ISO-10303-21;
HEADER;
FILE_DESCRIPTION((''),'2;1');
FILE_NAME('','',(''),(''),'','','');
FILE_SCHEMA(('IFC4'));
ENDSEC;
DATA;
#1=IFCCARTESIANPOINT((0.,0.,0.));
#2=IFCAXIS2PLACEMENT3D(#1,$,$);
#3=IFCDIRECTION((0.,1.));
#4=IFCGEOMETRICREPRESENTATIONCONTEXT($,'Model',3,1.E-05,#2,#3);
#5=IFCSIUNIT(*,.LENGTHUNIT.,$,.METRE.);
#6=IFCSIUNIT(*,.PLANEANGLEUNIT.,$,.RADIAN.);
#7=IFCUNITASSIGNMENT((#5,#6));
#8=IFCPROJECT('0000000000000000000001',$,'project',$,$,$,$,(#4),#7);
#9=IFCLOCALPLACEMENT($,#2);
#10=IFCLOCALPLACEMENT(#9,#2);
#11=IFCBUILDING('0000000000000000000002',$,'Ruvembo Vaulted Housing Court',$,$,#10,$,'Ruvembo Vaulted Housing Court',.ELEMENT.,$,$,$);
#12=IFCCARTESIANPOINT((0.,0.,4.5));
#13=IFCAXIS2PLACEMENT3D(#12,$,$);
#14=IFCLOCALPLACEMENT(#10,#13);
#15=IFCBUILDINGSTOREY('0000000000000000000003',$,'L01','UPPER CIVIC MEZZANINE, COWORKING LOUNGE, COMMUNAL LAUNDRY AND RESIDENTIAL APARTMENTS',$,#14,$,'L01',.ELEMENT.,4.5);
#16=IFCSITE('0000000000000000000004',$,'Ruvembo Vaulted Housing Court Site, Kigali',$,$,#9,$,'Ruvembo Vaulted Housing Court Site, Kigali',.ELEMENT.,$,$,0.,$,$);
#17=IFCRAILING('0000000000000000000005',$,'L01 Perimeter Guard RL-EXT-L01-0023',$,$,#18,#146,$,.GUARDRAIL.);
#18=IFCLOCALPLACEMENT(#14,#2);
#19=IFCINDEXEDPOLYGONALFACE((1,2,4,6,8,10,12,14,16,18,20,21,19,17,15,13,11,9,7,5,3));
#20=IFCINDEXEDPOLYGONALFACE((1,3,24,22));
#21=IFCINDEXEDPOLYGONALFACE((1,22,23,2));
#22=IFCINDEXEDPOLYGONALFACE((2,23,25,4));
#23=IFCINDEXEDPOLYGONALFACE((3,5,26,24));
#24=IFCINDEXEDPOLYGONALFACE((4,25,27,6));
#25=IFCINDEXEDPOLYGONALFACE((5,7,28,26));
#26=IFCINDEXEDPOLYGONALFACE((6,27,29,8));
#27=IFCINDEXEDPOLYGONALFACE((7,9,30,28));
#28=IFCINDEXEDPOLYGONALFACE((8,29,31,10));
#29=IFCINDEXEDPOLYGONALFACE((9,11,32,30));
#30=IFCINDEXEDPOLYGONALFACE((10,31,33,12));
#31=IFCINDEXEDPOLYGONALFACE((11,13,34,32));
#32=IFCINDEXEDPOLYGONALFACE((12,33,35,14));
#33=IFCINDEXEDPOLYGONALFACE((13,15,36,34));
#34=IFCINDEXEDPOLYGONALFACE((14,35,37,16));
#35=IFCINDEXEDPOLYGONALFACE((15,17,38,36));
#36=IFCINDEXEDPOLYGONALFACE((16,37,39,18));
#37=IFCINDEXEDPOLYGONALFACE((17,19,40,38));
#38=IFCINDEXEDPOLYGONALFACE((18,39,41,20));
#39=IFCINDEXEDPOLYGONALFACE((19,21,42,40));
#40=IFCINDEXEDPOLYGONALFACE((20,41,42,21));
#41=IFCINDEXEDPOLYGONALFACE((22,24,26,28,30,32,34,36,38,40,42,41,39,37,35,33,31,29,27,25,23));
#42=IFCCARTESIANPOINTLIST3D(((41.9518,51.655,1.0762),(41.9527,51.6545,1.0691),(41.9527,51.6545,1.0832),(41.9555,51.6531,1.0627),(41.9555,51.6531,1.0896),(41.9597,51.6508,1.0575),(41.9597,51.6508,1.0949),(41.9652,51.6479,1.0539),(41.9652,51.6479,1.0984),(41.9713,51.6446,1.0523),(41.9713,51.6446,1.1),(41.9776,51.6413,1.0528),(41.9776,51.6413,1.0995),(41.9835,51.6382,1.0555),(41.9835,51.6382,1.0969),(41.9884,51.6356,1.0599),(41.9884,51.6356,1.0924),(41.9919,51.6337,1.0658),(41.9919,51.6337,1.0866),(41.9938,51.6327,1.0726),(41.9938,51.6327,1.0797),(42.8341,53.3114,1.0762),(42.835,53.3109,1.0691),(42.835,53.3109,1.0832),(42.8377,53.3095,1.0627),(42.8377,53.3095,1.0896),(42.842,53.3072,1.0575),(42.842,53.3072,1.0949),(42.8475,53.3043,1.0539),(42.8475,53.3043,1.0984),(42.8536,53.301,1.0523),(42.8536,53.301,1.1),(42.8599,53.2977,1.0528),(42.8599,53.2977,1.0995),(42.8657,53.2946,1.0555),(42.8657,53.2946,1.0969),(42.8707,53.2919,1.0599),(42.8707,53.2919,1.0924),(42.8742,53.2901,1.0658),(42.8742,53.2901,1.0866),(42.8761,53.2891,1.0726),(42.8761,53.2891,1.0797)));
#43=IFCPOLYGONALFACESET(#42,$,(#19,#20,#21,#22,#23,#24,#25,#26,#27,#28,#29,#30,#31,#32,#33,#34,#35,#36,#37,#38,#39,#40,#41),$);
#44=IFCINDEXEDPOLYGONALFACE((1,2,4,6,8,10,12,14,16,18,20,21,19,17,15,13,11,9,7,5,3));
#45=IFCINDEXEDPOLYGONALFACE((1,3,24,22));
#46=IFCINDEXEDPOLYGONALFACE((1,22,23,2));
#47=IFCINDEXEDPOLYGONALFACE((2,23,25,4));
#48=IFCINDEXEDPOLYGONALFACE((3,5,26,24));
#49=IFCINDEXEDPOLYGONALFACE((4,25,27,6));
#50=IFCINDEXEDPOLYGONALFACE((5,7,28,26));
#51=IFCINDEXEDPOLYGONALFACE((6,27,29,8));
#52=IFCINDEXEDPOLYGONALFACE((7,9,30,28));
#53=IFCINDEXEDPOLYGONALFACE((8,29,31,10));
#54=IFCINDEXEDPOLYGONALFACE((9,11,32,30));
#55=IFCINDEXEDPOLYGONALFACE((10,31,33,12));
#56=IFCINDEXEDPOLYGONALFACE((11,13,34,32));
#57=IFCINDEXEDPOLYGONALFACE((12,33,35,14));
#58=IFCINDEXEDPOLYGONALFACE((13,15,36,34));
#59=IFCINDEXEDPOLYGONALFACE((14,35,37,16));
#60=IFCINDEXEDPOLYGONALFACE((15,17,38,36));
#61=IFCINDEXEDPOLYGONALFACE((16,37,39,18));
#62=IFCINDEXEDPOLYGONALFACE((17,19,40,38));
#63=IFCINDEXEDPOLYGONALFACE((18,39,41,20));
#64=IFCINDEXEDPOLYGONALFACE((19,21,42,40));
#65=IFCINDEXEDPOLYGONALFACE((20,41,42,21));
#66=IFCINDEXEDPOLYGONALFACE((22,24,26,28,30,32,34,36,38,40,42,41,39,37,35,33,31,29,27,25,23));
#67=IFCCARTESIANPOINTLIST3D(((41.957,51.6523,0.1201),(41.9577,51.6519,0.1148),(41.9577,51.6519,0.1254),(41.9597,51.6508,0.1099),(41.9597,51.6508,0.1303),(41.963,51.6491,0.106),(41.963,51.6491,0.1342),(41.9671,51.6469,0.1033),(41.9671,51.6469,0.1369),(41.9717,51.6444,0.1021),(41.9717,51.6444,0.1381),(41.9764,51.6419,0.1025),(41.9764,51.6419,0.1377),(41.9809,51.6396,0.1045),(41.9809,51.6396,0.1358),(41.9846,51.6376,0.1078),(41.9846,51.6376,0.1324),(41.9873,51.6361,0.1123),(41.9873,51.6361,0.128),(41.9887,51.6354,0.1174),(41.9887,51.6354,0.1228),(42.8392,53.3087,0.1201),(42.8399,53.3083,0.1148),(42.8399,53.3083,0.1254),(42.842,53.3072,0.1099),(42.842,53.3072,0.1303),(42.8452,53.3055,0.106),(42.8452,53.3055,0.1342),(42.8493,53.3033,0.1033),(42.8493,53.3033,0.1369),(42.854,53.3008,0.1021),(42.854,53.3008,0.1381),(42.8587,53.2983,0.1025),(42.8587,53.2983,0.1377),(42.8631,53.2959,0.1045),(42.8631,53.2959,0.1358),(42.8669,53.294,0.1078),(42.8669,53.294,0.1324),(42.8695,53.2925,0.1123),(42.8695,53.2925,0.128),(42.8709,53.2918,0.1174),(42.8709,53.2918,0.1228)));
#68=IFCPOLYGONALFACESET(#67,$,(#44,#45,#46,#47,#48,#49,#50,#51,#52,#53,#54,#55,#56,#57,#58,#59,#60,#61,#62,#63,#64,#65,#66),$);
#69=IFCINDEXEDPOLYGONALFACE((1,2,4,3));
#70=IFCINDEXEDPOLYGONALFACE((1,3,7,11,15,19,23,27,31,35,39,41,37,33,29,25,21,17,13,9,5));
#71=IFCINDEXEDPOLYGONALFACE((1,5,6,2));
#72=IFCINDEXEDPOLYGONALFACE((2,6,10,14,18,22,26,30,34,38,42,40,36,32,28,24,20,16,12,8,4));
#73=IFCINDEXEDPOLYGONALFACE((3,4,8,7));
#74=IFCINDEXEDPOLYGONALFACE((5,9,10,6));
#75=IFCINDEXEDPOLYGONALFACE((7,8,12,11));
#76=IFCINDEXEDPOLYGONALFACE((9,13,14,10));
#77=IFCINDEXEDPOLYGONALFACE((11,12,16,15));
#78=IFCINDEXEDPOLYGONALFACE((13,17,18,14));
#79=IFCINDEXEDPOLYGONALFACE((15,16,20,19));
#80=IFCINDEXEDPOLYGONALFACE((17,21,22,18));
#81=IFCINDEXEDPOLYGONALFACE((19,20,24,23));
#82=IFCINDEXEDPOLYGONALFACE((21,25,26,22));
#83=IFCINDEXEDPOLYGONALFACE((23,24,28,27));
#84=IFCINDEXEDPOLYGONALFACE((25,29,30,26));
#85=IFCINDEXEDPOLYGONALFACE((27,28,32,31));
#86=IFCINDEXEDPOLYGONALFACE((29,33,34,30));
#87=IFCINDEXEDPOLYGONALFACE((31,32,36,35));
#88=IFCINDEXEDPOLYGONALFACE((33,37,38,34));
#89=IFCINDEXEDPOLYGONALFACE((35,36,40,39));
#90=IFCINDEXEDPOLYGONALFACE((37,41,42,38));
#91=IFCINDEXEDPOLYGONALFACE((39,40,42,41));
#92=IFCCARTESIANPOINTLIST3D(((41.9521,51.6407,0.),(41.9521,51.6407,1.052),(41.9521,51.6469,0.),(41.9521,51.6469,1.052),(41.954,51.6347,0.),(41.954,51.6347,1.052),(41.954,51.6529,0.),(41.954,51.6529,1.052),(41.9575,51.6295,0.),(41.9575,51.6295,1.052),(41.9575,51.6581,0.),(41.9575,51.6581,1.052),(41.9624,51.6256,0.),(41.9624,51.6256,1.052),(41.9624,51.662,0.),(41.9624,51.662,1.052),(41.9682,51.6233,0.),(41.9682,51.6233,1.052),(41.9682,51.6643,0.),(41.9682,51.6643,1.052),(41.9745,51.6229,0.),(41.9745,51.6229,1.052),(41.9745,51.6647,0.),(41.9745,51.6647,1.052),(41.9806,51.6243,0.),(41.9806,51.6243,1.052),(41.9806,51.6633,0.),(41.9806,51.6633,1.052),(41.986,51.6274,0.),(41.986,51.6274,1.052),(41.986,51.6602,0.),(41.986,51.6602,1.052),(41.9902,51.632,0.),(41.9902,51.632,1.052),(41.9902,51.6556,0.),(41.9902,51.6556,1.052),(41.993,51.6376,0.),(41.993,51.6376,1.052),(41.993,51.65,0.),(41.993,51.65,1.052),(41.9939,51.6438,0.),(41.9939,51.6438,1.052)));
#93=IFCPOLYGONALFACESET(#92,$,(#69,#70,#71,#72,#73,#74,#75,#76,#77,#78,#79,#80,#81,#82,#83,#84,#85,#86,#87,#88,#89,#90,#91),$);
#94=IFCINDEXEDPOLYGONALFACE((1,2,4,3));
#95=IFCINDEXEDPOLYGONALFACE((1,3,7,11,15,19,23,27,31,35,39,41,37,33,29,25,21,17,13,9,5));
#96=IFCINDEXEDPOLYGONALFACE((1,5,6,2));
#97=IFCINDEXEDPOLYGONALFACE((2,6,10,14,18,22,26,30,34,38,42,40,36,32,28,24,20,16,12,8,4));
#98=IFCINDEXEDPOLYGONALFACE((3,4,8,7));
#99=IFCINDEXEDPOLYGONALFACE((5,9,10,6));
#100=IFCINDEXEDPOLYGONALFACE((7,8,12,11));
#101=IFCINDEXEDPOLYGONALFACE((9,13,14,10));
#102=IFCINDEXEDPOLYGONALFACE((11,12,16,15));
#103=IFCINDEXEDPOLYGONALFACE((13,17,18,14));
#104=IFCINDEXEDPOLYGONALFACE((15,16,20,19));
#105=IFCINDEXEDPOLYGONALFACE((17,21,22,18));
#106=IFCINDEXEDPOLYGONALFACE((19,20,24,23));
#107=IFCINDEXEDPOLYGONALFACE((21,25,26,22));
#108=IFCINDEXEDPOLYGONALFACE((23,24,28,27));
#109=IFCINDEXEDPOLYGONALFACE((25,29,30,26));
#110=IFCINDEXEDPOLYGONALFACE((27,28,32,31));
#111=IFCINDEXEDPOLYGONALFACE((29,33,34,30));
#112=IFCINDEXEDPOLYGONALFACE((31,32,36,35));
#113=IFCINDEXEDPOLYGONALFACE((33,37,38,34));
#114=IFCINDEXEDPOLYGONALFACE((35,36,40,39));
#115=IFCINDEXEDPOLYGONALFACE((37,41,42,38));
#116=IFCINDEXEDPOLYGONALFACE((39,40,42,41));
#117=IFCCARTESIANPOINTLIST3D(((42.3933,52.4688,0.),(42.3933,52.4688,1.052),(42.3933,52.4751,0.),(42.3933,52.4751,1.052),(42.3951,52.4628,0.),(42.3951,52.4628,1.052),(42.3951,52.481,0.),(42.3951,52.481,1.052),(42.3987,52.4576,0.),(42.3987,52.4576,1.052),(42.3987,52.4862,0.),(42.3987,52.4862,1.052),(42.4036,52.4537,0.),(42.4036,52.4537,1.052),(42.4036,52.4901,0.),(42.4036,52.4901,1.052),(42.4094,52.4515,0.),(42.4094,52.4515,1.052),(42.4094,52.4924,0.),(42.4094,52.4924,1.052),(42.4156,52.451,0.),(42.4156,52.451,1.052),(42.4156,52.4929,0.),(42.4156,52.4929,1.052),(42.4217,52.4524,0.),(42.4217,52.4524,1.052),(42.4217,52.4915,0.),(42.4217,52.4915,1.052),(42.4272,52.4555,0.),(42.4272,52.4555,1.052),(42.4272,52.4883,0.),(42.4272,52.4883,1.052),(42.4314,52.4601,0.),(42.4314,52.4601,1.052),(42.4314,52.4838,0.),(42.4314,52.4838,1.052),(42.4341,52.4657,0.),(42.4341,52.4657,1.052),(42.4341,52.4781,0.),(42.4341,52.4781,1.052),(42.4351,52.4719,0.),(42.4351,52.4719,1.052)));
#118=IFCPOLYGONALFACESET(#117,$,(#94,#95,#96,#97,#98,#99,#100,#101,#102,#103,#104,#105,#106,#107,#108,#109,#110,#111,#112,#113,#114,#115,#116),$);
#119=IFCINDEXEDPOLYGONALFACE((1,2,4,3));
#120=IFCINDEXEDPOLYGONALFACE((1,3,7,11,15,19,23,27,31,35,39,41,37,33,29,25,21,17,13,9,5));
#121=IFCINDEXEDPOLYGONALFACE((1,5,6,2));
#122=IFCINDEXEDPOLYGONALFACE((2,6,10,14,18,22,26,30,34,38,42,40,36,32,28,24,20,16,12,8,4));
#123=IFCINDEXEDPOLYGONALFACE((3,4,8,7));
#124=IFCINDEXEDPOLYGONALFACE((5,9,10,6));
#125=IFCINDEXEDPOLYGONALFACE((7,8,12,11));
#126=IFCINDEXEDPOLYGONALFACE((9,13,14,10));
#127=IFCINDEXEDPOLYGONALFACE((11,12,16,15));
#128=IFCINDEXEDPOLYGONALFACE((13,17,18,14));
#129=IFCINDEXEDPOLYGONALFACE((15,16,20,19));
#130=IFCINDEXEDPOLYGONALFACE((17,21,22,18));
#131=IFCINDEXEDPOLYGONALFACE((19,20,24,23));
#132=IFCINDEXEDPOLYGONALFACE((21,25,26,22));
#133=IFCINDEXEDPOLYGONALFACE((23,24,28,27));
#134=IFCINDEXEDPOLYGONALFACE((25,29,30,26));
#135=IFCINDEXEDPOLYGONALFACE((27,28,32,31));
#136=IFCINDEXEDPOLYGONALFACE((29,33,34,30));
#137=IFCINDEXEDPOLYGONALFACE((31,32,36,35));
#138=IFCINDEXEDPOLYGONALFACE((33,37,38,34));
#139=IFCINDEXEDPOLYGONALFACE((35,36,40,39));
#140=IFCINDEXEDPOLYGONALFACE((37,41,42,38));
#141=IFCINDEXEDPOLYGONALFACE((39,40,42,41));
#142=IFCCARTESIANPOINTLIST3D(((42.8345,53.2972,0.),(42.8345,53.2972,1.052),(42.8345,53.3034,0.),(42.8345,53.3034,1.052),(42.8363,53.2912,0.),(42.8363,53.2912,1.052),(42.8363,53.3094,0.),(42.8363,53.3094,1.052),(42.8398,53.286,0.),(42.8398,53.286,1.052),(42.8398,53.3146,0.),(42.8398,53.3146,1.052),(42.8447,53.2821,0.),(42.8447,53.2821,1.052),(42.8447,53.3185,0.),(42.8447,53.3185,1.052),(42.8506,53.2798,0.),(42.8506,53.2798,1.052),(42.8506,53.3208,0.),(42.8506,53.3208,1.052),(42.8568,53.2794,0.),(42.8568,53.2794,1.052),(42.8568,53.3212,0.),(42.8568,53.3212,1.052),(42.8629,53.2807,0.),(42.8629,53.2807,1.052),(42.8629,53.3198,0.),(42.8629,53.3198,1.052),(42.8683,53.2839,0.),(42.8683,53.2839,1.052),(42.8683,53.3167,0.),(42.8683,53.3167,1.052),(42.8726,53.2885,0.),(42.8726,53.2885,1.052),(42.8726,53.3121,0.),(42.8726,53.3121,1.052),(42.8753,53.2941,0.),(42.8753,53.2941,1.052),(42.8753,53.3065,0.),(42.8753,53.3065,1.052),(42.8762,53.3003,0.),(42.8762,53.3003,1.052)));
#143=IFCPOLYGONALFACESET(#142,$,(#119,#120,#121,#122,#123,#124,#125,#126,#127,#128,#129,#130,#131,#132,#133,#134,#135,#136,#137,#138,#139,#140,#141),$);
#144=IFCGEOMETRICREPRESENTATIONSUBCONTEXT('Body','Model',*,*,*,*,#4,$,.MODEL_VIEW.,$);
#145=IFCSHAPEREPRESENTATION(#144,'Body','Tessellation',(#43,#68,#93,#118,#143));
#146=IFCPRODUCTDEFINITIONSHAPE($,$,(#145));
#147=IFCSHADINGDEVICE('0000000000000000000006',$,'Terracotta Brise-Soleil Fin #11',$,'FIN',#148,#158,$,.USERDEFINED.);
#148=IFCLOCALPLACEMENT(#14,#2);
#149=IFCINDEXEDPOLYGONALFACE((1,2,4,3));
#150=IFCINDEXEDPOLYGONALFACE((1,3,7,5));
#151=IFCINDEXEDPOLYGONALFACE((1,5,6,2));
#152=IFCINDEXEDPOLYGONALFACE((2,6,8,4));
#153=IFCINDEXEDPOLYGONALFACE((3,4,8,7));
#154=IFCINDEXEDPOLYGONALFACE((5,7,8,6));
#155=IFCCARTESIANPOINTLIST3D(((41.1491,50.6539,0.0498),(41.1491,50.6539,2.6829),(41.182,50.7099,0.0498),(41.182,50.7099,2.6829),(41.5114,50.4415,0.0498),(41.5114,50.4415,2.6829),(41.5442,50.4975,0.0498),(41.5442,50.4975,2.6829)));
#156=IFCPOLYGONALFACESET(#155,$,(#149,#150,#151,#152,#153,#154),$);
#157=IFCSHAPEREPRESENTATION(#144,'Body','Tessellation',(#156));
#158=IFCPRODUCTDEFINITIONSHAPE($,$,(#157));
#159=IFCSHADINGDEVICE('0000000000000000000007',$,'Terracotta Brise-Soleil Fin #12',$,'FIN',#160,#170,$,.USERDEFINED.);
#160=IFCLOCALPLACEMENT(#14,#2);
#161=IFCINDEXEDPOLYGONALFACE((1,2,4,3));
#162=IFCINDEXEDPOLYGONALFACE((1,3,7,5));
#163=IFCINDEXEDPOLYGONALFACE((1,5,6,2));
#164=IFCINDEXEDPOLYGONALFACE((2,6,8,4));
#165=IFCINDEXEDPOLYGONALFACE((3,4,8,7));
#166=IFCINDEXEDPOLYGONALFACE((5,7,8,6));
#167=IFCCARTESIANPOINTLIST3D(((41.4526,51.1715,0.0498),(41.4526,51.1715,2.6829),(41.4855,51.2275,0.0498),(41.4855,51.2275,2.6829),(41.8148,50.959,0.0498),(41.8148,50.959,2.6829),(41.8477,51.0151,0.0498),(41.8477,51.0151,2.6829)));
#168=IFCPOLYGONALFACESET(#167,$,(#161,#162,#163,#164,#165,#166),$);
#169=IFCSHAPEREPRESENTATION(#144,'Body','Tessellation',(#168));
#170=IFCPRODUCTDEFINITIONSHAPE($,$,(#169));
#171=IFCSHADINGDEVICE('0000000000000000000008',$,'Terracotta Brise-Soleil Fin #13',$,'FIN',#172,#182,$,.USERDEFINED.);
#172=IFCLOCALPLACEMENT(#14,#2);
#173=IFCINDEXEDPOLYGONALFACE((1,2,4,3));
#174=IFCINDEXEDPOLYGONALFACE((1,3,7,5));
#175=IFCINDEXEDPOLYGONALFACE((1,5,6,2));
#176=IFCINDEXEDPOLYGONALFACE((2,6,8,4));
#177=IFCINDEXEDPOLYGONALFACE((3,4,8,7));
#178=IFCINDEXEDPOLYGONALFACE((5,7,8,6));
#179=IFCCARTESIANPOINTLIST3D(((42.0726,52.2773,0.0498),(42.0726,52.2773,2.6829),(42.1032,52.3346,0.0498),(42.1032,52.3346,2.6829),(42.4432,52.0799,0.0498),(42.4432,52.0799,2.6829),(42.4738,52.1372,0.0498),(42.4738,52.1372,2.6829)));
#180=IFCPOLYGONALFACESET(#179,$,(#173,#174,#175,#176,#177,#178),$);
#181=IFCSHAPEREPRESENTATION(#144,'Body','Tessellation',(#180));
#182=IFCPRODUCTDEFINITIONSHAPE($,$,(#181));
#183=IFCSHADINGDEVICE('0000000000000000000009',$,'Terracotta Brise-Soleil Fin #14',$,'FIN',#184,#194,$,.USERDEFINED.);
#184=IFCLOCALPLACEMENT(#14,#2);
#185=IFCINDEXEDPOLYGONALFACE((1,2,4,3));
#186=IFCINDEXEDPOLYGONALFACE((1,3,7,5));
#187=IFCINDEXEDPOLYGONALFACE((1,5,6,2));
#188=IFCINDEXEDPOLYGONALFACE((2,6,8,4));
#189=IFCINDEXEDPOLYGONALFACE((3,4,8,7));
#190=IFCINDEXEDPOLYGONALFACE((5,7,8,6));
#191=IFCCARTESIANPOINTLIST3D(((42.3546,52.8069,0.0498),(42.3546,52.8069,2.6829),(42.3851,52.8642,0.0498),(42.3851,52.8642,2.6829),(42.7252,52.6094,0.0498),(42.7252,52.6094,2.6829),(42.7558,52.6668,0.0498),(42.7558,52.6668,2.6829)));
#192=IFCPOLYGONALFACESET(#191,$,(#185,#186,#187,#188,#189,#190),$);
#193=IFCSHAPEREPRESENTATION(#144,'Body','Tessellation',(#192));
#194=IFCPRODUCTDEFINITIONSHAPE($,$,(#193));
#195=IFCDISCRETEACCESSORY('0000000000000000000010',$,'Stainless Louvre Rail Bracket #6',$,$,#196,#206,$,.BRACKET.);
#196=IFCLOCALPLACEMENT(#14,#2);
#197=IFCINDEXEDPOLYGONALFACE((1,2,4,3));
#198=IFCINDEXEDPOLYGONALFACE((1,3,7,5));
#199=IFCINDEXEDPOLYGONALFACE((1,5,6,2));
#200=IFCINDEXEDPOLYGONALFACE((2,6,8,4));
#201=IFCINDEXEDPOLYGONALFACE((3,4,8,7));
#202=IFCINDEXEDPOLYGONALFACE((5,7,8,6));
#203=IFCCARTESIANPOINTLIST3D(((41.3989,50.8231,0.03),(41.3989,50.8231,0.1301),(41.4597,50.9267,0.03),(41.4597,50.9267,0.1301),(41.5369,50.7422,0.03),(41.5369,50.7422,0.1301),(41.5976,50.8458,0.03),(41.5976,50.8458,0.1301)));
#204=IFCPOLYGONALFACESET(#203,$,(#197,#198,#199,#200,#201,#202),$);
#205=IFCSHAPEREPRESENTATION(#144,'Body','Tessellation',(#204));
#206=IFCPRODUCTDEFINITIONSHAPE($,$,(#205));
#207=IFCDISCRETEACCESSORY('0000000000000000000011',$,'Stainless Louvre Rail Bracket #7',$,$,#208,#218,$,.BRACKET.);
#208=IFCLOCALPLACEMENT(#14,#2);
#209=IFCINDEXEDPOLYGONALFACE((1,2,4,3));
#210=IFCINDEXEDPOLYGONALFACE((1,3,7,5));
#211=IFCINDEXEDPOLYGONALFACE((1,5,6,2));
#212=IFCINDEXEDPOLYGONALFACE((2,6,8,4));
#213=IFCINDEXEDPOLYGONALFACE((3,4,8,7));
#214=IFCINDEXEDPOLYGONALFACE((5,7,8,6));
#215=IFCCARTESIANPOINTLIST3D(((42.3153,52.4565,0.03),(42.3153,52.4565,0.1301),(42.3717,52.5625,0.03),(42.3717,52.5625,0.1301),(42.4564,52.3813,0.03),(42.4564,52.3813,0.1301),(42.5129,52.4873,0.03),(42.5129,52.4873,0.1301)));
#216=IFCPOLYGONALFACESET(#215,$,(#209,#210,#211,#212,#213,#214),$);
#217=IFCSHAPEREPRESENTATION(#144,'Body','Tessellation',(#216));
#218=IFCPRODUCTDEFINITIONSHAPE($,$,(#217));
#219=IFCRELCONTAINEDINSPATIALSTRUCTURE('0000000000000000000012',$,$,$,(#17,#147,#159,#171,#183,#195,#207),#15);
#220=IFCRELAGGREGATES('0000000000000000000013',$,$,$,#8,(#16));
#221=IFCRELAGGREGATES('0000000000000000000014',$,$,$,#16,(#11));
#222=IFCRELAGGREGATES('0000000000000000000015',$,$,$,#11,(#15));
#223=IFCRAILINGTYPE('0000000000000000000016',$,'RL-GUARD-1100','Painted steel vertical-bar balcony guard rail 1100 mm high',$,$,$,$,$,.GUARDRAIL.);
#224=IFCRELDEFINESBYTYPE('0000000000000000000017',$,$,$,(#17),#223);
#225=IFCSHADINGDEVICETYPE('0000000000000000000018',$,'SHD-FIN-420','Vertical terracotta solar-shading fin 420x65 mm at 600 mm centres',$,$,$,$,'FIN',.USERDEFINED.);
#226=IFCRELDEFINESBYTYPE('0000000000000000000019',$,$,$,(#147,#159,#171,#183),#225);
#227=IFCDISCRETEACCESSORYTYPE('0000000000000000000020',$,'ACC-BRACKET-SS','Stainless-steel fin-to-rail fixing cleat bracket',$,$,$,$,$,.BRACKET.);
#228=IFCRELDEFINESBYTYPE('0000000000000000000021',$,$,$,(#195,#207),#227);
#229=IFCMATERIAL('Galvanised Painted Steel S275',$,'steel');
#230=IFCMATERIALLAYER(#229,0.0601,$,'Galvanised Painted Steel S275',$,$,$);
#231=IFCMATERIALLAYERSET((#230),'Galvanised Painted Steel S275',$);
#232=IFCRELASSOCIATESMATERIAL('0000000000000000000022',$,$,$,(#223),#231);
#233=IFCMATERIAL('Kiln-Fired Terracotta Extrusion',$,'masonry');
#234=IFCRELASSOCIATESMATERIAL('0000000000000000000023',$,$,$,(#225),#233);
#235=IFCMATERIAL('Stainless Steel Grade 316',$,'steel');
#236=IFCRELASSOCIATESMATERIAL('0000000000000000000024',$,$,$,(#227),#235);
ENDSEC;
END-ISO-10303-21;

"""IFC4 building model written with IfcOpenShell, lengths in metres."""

from ifc_helpers import new_model, si_unit, direction, frame, origin, origin_2d, place, context, subcontext, project, spatial, rectangle, circle, extrude, material, layer, layer_set, type_object, element, save


model = new_model("IFC4")

# Units and contexts
model_context = context("Model", 3, precision=1e-05, world=origin(), true_north=direction((0.0, 1.0)))
body_context = subcontext(model_context, "Body", "Model", "MODEL_VIEW")
ifc_project = project(units=[si_unit("LENGTHUNIT", "METRE"), si_unit("PLANEANGLEUNIT", "RADIAN")], contexts=[model_context])

# Site, building, storey
site_placement = place(None, origin())
site = spatial("IfcSite", under=ifc_project, at=site_placement, Name="Ruvembo Vaulted Housing Court Site, Kigali", LongName="Ruvembo Vaulted Housing Court Site, Kigali", CompositionType="ELEMENT", RefElevation=0.0)
building_placement = place(site_placement, origin())
building = spatial("IfcBuilding", under=site, at=building_placement, Name="Ruvembo Vaulted Housing Court", LongName="Ruvembo Vaulted Housing Court", CompositionType="ELEMENT")
storey_placement = place(building_placement, frame((0.0, 0.0, 4.5)))
storey = spatial("IfcBuildingStorey", under=building, at=storey_placement, Name="L01", Description="UPPER CIVIC MEZZANINE, COWORKING LOUNGE, COMMUNAL LAUNDRY AND RESIDENTIAL APARTMENTS", LongName="L01", CompositionType="ELEMENT", Elevation=4.5)

# Railing
ifc_material_1 = material(Name="Galvanised Painted Steel S275", Category="steel")
ifc_layer_1 = layer(ifc_material_1, 0.0601, Name="Galvanised Painted Steel S275")
ifc_layer_set_1 = layer_set([ifc_layer_1], Name="Galvanised Painted Steel S275")
railing_type = type_object("IfcRailingType", Name="RL-GUARD-1100", Description="Painted steel vertical-bar balcony guard rail 1100 mm high", PredefinedType="GUARDRAIL", material=ifc_layer_set_1)
railing_1_placement = place(storey_placement, frame((41.9729, 51.6438, 0.0)))
element("IfcRailing", 1, at=railing_1_placement, inside=storey, type_object=railing_type, Name="L01 Perimeter Guard RL-EXT-L01-0023", PredefinedType="GUARDRAIL", context=body_context, shape_type="SweptSolid", body=[
    extrude(circle(Radius=0.0239, at=origin_2d()), frame((0.0, 0.0, 1.0762), z_axis=(0.470116, 0.882605, 0.0), x_axis=(-0.882605, 0.470116, 0.0)), (0.0, 0.0, 1.0), 1.8767),
    extrude(circle(Radius=0.0181, at=origin_2d()), frame((0.0, 0.0, 0.1201), z_axis=(0.470116, 0.882605, 0.0), x_axis=(-0.882605, 0.470116, 0.0)), (0.0, 0.0, 1.0), 1.8767),
    extrude(circle(Radius=0.021, at=origin_2d()), origin(), (0.0, 0.0, 1.0), 1.052),
    extrude(circle(Radius=0.021, at=origin_2d()), frame((0.4412, 0.8281, 0.0)), (0.0, 0.0, 1.0), 1.052),
    extrude(circle(Radius=0.021, at=origin_2d()), frame((0.8823, 1.6565, 0.0)), (0.0, 0.0, 1.0), 1.052),
])

# Shading devices
ifc_material_2 = material(Name="Kiln-Fired Terracotta Extrusion", Category="masonry")
shading_device_type = type_object("IfcShadingDeviceType", Name="SHD-FIN-420", Description="Vertical terracotta solar-shading fin 420x65 mm at 600 mm centres", ElementType="FIN", PredefinedType="USERDEFINED", material=ifc_material_2)
for number, where, z_axis, x_axis, name in (
    (2, (41.3467, 50.5757, 0.0498), (0.0, 0.0, 1.0), (0.86262, -0.505853, 0.0), "Terracotta Brise-Soleil Fin #11"),
    (3, (41.6501, 51.0933, 0.0498), (0.0, 0.0, 1.0), (0.86262, -0.505853, 0.0), "Terracotta Brise-Soleil Fin #12"),
    (4, (42.2732, 52.2073, 0.0498), (0.0, 0.0, 1.0), (0.882587, -0.470149, 0.0), "Terracotta Brise-Soleil Fin #13"),
    (5, (42.5552, 52.7368, 0.0498), (0.0, 0.0, 1.0), (0.882587, -0.470149, 0.0), "Terracotta Brise-Soleil Fin #14"),
):
    element("IfcShadingDevice", number, at=place(storey_placement, frame(where, z_axis=z_axis, x_axis=x_axis)), inside=storey, type_object=shading_device_type, Name=name, ObjectType="FIN", PredefinedType="USERDEFINED", context=body_context, shape_type="SweptSolid", body=[
        extrude(rectangle(XDim=0.4199, YDim=0.0649, at=origin_2d()), origin(), (0.0, 0.0, 1.0), 2.6331),
    ])

# Discrete accessories
ifc_material_3 = material(Name="Stainless Steel Grade 316", Category="steel")
discrete_accessory_type = type_object("IfcDiscreteAccessoryType", Name="ACC-BRACKET-SS", Description="Stainless-steel fin-to-rail fixing cleat bracket", PredefinedType="BRACKET", material=ifc_material_3)
for number, where, z_axis, x_axis, name in (
    (6, (41.4983, 50.8345, 0.03), (0.0, 0.0, 1.0), (0.86262, -0.505853, 0.0), "Stainless Louvre Rail Bracket #6"),
    (7, (42.4141, 52.4719, 0.03), (0.0, 0.0, 1.0), (0.882587, -0.470149, 0.0), "Stainless Louvre Rail Bracket #7"),
):
    element("IfcDiscreteAccessory", number, at=place(storey_placement, frame(where, z_axis=z_axis, x_axis=x_axis)), inside=storey, type_object=discrete_accessory_type, Name=name, PredefinedType="BRACKET", context=body_context, shape_type="SweptSolid", body=[
        extrude(rectangle(XDim=0.1599, YDim=0.1201, at=origin_2d()), origin(), (0.0, 0.0, 1.0), 0.1001),
    ])

save(model, "model.ifc")
